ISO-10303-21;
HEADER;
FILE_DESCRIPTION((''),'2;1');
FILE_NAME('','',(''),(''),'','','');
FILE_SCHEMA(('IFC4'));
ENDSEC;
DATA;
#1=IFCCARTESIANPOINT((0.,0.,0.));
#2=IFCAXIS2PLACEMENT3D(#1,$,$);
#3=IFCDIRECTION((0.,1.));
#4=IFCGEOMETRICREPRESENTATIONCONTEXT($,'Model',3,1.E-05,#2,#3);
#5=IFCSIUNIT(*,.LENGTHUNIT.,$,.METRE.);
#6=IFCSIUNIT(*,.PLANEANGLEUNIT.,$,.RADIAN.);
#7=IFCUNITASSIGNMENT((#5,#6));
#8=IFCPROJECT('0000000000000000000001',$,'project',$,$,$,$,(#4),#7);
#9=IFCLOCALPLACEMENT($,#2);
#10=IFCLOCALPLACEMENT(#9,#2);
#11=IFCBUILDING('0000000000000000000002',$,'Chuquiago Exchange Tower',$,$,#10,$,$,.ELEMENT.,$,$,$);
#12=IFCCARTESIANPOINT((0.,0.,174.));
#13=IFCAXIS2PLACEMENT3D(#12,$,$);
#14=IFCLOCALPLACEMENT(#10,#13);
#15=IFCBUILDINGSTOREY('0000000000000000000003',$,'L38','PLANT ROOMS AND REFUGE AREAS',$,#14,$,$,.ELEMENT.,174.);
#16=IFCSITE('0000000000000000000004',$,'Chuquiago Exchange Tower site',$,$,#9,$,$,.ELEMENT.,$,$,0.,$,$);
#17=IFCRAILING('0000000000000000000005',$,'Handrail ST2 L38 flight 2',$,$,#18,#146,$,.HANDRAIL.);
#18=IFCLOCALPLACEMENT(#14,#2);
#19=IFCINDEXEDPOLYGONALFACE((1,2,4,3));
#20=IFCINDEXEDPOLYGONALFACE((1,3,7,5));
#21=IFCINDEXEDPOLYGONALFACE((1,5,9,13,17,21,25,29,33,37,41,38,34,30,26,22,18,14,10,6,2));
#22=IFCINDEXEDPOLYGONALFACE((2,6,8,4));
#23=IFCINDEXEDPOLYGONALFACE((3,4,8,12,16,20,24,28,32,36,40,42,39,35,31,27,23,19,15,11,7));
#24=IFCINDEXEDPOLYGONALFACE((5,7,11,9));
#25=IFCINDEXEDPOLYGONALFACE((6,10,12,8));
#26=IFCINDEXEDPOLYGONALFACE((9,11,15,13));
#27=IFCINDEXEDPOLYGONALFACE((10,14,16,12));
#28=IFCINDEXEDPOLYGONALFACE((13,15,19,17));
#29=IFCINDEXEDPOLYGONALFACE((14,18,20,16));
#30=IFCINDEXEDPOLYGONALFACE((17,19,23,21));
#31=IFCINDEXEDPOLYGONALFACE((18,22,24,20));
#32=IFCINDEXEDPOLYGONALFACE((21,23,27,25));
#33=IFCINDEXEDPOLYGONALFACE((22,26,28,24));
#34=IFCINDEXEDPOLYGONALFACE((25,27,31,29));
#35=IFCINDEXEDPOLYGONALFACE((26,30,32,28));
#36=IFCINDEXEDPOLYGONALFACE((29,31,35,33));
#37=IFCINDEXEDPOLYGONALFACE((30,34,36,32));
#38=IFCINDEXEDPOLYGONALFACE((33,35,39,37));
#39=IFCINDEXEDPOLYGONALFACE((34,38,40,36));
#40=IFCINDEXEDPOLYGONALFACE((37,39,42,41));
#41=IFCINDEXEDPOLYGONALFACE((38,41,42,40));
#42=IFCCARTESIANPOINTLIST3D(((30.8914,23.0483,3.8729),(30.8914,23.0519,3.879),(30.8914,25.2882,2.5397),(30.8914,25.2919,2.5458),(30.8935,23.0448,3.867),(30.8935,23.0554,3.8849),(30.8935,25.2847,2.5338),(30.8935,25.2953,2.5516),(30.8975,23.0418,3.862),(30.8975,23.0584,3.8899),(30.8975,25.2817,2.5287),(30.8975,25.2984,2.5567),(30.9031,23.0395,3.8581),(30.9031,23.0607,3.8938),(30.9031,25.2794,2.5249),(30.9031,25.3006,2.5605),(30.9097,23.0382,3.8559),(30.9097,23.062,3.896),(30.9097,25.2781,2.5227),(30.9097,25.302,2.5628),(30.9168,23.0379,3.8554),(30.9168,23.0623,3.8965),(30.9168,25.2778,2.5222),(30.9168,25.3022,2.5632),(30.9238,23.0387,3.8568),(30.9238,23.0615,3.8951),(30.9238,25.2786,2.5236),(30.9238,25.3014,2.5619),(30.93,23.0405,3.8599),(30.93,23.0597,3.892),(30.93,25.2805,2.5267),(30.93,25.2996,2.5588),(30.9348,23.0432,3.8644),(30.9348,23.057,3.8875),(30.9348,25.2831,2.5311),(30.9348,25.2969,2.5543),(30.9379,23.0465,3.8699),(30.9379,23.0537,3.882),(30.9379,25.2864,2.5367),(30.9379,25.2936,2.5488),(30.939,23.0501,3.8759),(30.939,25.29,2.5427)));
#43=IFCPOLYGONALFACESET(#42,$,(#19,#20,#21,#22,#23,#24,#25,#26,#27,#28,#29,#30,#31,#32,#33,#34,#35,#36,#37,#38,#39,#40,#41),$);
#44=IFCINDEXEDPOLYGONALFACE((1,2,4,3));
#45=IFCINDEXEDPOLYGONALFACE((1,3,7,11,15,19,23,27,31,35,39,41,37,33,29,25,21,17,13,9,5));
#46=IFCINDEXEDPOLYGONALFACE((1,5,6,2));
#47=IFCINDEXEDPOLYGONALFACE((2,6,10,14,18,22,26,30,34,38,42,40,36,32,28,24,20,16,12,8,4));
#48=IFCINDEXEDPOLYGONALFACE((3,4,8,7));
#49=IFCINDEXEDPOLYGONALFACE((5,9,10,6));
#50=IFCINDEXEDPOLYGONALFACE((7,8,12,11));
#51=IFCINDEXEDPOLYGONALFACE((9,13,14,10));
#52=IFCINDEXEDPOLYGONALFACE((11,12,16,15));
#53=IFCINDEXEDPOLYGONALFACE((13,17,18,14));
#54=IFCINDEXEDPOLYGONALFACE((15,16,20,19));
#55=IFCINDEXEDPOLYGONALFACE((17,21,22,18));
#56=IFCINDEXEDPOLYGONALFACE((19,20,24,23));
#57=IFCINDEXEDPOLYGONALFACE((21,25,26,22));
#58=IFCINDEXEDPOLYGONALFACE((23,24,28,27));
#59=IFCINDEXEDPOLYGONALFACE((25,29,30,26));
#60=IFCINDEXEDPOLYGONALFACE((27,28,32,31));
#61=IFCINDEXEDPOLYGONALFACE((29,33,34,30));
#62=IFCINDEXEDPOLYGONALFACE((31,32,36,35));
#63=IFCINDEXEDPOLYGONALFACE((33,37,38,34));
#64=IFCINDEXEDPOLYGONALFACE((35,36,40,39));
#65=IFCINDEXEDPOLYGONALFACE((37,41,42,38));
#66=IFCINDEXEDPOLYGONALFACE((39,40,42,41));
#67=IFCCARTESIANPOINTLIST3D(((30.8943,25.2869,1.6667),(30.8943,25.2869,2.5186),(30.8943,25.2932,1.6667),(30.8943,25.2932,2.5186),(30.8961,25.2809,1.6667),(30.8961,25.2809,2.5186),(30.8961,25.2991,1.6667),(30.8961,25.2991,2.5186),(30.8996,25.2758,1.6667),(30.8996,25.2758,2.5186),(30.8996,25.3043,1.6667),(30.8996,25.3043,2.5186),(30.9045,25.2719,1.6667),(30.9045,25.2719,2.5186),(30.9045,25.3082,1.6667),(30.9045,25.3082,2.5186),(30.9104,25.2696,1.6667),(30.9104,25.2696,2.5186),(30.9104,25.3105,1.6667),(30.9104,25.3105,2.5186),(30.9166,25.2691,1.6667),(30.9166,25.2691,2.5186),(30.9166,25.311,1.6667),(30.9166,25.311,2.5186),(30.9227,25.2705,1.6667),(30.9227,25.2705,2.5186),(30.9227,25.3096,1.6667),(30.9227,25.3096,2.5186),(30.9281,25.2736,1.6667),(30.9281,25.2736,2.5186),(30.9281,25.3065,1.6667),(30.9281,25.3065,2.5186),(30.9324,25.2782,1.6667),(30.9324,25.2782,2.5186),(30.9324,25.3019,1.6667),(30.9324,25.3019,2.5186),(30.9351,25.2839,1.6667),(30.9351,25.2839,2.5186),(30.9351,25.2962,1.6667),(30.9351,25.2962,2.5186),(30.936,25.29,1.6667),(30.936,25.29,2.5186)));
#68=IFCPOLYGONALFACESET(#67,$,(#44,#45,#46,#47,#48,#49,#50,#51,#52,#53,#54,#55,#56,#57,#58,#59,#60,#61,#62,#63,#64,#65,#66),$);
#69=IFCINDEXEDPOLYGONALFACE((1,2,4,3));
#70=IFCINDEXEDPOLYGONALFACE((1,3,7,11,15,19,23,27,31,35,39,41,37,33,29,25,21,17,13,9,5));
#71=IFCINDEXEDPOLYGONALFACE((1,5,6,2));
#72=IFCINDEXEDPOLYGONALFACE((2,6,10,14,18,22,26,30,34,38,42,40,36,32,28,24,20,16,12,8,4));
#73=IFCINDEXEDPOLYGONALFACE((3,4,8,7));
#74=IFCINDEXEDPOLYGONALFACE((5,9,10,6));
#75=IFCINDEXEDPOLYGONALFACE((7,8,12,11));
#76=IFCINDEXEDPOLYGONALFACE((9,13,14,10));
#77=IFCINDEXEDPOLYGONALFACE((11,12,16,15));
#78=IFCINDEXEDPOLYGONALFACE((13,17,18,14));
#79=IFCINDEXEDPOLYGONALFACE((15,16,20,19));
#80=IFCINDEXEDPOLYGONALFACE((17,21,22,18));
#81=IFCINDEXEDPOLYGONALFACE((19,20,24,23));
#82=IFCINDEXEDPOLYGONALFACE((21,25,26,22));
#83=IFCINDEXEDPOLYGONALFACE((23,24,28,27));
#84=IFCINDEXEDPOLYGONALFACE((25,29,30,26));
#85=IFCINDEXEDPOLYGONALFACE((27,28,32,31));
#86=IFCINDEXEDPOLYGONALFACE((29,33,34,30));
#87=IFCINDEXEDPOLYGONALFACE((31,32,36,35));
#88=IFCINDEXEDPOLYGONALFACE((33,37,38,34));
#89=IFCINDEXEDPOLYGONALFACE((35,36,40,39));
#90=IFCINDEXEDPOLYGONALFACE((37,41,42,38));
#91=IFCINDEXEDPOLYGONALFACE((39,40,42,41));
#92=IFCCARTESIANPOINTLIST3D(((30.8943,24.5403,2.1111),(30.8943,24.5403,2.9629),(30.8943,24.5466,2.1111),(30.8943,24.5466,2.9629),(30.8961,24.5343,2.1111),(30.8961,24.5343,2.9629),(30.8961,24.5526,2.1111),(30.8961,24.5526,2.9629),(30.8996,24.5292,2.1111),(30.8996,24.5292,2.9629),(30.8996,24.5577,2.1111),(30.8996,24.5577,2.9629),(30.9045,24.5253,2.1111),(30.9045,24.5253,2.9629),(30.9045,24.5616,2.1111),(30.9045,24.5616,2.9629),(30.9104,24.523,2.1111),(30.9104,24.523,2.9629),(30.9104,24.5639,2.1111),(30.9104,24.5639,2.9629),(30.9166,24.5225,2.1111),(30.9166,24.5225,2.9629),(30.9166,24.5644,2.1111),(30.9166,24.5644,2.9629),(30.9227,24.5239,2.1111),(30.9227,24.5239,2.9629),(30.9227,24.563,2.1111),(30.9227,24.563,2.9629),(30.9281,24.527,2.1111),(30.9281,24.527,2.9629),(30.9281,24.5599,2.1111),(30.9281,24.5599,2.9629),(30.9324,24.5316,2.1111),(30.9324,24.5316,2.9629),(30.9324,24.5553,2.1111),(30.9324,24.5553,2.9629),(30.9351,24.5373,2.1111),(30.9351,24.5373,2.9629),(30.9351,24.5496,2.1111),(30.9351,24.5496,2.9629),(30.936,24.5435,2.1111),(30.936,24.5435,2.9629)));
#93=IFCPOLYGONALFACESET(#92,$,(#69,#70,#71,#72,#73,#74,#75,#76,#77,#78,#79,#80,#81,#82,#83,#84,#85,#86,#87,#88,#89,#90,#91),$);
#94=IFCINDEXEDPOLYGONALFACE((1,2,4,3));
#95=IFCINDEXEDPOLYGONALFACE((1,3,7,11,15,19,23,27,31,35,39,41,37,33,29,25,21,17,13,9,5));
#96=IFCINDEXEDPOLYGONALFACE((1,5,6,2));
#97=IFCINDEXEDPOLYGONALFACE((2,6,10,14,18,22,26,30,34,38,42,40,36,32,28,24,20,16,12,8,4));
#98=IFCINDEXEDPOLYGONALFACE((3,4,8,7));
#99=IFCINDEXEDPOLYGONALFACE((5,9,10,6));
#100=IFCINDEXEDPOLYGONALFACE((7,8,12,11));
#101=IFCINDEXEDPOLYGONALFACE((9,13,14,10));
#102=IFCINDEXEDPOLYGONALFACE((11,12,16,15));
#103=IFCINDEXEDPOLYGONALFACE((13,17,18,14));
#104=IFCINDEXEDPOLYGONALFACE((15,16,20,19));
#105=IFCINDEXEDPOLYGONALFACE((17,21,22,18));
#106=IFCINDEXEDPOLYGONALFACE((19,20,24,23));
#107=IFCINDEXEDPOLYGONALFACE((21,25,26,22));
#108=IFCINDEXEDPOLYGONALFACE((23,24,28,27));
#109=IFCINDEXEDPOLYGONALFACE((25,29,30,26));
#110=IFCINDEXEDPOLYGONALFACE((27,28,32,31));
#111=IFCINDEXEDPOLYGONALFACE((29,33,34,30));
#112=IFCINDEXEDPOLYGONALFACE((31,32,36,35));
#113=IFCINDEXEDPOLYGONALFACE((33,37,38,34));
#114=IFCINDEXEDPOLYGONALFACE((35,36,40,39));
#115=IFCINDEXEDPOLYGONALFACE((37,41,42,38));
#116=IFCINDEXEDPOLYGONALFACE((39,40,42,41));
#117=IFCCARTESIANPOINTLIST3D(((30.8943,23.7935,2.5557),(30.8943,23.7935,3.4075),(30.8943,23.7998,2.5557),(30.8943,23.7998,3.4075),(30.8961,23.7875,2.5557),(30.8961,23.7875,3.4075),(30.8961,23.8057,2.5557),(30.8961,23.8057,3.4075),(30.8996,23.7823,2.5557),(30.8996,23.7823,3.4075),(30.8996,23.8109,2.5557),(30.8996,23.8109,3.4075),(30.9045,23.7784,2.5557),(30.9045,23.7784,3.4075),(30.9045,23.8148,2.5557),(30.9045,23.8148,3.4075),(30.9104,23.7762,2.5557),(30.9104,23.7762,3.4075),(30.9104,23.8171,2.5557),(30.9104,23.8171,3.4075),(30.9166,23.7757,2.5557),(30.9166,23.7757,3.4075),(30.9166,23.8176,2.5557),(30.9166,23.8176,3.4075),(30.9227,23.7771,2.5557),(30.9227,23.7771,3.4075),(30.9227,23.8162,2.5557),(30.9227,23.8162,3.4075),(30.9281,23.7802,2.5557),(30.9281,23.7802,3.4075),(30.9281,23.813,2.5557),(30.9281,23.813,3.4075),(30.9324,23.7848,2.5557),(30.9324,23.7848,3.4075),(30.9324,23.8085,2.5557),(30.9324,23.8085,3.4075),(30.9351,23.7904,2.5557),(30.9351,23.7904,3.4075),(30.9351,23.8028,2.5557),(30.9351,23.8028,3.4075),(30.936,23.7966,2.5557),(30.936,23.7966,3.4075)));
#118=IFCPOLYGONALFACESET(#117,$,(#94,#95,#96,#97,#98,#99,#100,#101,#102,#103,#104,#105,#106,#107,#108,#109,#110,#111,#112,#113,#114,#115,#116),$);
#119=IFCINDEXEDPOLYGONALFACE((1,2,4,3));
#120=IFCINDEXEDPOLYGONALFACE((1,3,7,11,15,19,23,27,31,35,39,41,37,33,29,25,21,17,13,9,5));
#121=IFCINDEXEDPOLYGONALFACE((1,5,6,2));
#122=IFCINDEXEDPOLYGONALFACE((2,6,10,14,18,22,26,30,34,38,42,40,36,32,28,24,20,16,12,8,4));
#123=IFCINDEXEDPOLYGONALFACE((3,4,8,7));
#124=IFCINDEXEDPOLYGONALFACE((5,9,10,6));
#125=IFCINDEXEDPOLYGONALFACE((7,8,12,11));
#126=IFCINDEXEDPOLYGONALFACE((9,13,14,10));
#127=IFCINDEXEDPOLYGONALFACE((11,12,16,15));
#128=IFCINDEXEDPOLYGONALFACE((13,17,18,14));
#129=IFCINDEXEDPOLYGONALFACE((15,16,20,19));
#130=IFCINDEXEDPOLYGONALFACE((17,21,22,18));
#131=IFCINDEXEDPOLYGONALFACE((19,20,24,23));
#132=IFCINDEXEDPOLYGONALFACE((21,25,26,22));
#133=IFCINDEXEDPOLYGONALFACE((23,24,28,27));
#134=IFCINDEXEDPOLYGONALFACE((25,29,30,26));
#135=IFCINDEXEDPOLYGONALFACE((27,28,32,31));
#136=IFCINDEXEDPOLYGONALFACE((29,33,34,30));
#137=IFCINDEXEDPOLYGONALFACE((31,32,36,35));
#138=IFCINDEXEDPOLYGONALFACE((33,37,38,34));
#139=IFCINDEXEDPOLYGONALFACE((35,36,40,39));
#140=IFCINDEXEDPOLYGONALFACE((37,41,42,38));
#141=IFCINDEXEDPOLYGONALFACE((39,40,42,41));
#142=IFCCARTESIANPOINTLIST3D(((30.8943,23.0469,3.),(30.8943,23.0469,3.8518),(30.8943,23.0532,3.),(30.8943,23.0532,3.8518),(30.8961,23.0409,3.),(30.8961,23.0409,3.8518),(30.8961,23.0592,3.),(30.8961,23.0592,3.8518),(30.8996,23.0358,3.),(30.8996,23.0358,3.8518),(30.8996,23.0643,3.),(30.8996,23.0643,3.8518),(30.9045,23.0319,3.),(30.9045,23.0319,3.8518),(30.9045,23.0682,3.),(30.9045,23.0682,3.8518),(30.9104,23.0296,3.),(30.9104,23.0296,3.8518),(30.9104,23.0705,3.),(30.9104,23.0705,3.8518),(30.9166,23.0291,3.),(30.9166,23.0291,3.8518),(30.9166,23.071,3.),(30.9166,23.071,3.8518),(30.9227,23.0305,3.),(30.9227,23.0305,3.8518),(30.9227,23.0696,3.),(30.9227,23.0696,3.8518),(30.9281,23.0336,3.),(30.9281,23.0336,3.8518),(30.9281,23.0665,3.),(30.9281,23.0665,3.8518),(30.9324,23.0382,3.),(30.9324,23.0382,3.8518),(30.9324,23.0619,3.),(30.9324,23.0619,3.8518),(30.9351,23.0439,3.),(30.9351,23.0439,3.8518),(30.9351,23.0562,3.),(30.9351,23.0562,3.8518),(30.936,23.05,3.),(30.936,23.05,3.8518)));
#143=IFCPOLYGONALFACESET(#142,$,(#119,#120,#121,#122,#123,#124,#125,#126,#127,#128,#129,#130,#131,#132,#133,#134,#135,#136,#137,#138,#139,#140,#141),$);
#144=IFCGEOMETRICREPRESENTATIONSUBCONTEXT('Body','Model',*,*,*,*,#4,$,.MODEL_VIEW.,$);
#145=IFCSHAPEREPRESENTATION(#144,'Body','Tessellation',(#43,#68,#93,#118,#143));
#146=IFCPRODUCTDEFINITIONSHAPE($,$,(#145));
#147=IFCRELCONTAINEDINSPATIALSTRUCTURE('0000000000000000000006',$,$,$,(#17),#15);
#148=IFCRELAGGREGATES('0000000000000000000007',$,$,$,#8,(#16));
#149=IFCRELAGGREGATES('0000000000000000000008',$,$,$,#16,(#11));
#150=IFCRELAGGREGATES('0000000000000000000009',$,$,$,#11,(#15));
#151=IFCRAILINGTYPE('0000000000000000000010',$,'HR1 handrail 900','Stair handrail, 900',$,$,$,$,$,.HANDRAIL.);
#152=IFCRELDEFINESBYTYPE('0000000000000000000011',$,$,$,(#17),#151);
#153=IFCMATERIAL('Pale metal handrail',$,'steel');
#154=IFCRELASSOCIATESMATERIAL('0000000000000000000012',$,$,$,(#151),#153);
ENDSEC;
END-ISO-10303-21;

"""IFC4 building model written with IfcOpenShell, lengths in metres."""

from ifc_helpers import new_model, si_unit, direction, frame, origin, origin_2d, place, context, subcontext, project, spatial, circle, extrude, material, type_object, element, save


model = new_model("IFC4")

# Units and contexts
model_context = context("Model", 3, precision=1e-05, world=origin(), true_north=direction((0.0, 1.0)))
body_context = subcontext(model_context, "Body", "Model", "MODEL_VIEW")
ifc_project = project(units=[si_unit("LENGTHUNIT", "METRE"), si_unit("PLANEANGLEUNIT", "RADIAN")], contexts=[model_context])

# Site, building, storey
site_placement = place(None, origin())
site = spatial("IfcSite", under=ifc_project, at=site_placement, Name="Chuquiago Exchange Tower site", CompositionType="ELEMENT", RefElevation=0.0)
building_placement = place(site_placement, origin())
building = spatial("IfcBuilding", under=site, at=building_placement, Name="Chuquiago Exchange Tower", CompositionType="ELEMENT")
storey_placement = place(building_placement, frame((0.0, 0.0, 174.0)))
storey = spatial("IfcBuildingStorey", under=building, at=storey_placement, Name="L38", Description="PLANT ROOMS AND REFUGE AREAS", CompositionType="ELEMENT", Elevation=174.0)

# Railing
ifc_material_1 = material(Name="Pale metal handrail", Category="steel")
railing_type_1 = type_object("IfcRailingType", Name="HR1 handrail 900", Description="Stair handrail, 900", PredefinedType="HANDRAIL", material=ifc_material_1)
for number, where, name in (
    (1, (30.915, 25.29, 1.6667), "Handrail ST2 L38 flight 2"),
):
    element("IfcRailing", number, at=place(storey_placement, frame(where)), inside=storey, type_object=railing_type_1, Name=name, PredefinedType="HANDRAIL", context=body_context, shape_type="SweptSolid", body=[
        extrude(circle(Radius=0.0239, at=origin_2d()), frame((0.0, 0.0, 0.876), z_axis=(0.0, -0.859306, 0.511462), x_axis=(1.0, 0.0, 0.0)), (0.0, 0.0, 1.0), 2.6067),
        extrude(circle(Radius=0.021, at=origin_2d()), origin(), (0.0, 0.0, 1.0), 0.8518),
        extrude(circle(Radius=0.021, at=origin_2d()), frame((0.0, -0.7466, 0.4443)), (0.0, 0.0, 1.0), 0.8518),
        extrude(circle(Radius=0.021, at=origin_2d()), frame((0.0, -1.4934, 0.8889)), (0.0, 0.0, 1.0), 0.8518),
        extrude(circle(Radius=0.021, at=origin_2d()), frame((0.0, -2.24, 1.3333)), (0.0, 0.0, 1.0), 0.8518),
    ])

save(model, "model.ifc")
